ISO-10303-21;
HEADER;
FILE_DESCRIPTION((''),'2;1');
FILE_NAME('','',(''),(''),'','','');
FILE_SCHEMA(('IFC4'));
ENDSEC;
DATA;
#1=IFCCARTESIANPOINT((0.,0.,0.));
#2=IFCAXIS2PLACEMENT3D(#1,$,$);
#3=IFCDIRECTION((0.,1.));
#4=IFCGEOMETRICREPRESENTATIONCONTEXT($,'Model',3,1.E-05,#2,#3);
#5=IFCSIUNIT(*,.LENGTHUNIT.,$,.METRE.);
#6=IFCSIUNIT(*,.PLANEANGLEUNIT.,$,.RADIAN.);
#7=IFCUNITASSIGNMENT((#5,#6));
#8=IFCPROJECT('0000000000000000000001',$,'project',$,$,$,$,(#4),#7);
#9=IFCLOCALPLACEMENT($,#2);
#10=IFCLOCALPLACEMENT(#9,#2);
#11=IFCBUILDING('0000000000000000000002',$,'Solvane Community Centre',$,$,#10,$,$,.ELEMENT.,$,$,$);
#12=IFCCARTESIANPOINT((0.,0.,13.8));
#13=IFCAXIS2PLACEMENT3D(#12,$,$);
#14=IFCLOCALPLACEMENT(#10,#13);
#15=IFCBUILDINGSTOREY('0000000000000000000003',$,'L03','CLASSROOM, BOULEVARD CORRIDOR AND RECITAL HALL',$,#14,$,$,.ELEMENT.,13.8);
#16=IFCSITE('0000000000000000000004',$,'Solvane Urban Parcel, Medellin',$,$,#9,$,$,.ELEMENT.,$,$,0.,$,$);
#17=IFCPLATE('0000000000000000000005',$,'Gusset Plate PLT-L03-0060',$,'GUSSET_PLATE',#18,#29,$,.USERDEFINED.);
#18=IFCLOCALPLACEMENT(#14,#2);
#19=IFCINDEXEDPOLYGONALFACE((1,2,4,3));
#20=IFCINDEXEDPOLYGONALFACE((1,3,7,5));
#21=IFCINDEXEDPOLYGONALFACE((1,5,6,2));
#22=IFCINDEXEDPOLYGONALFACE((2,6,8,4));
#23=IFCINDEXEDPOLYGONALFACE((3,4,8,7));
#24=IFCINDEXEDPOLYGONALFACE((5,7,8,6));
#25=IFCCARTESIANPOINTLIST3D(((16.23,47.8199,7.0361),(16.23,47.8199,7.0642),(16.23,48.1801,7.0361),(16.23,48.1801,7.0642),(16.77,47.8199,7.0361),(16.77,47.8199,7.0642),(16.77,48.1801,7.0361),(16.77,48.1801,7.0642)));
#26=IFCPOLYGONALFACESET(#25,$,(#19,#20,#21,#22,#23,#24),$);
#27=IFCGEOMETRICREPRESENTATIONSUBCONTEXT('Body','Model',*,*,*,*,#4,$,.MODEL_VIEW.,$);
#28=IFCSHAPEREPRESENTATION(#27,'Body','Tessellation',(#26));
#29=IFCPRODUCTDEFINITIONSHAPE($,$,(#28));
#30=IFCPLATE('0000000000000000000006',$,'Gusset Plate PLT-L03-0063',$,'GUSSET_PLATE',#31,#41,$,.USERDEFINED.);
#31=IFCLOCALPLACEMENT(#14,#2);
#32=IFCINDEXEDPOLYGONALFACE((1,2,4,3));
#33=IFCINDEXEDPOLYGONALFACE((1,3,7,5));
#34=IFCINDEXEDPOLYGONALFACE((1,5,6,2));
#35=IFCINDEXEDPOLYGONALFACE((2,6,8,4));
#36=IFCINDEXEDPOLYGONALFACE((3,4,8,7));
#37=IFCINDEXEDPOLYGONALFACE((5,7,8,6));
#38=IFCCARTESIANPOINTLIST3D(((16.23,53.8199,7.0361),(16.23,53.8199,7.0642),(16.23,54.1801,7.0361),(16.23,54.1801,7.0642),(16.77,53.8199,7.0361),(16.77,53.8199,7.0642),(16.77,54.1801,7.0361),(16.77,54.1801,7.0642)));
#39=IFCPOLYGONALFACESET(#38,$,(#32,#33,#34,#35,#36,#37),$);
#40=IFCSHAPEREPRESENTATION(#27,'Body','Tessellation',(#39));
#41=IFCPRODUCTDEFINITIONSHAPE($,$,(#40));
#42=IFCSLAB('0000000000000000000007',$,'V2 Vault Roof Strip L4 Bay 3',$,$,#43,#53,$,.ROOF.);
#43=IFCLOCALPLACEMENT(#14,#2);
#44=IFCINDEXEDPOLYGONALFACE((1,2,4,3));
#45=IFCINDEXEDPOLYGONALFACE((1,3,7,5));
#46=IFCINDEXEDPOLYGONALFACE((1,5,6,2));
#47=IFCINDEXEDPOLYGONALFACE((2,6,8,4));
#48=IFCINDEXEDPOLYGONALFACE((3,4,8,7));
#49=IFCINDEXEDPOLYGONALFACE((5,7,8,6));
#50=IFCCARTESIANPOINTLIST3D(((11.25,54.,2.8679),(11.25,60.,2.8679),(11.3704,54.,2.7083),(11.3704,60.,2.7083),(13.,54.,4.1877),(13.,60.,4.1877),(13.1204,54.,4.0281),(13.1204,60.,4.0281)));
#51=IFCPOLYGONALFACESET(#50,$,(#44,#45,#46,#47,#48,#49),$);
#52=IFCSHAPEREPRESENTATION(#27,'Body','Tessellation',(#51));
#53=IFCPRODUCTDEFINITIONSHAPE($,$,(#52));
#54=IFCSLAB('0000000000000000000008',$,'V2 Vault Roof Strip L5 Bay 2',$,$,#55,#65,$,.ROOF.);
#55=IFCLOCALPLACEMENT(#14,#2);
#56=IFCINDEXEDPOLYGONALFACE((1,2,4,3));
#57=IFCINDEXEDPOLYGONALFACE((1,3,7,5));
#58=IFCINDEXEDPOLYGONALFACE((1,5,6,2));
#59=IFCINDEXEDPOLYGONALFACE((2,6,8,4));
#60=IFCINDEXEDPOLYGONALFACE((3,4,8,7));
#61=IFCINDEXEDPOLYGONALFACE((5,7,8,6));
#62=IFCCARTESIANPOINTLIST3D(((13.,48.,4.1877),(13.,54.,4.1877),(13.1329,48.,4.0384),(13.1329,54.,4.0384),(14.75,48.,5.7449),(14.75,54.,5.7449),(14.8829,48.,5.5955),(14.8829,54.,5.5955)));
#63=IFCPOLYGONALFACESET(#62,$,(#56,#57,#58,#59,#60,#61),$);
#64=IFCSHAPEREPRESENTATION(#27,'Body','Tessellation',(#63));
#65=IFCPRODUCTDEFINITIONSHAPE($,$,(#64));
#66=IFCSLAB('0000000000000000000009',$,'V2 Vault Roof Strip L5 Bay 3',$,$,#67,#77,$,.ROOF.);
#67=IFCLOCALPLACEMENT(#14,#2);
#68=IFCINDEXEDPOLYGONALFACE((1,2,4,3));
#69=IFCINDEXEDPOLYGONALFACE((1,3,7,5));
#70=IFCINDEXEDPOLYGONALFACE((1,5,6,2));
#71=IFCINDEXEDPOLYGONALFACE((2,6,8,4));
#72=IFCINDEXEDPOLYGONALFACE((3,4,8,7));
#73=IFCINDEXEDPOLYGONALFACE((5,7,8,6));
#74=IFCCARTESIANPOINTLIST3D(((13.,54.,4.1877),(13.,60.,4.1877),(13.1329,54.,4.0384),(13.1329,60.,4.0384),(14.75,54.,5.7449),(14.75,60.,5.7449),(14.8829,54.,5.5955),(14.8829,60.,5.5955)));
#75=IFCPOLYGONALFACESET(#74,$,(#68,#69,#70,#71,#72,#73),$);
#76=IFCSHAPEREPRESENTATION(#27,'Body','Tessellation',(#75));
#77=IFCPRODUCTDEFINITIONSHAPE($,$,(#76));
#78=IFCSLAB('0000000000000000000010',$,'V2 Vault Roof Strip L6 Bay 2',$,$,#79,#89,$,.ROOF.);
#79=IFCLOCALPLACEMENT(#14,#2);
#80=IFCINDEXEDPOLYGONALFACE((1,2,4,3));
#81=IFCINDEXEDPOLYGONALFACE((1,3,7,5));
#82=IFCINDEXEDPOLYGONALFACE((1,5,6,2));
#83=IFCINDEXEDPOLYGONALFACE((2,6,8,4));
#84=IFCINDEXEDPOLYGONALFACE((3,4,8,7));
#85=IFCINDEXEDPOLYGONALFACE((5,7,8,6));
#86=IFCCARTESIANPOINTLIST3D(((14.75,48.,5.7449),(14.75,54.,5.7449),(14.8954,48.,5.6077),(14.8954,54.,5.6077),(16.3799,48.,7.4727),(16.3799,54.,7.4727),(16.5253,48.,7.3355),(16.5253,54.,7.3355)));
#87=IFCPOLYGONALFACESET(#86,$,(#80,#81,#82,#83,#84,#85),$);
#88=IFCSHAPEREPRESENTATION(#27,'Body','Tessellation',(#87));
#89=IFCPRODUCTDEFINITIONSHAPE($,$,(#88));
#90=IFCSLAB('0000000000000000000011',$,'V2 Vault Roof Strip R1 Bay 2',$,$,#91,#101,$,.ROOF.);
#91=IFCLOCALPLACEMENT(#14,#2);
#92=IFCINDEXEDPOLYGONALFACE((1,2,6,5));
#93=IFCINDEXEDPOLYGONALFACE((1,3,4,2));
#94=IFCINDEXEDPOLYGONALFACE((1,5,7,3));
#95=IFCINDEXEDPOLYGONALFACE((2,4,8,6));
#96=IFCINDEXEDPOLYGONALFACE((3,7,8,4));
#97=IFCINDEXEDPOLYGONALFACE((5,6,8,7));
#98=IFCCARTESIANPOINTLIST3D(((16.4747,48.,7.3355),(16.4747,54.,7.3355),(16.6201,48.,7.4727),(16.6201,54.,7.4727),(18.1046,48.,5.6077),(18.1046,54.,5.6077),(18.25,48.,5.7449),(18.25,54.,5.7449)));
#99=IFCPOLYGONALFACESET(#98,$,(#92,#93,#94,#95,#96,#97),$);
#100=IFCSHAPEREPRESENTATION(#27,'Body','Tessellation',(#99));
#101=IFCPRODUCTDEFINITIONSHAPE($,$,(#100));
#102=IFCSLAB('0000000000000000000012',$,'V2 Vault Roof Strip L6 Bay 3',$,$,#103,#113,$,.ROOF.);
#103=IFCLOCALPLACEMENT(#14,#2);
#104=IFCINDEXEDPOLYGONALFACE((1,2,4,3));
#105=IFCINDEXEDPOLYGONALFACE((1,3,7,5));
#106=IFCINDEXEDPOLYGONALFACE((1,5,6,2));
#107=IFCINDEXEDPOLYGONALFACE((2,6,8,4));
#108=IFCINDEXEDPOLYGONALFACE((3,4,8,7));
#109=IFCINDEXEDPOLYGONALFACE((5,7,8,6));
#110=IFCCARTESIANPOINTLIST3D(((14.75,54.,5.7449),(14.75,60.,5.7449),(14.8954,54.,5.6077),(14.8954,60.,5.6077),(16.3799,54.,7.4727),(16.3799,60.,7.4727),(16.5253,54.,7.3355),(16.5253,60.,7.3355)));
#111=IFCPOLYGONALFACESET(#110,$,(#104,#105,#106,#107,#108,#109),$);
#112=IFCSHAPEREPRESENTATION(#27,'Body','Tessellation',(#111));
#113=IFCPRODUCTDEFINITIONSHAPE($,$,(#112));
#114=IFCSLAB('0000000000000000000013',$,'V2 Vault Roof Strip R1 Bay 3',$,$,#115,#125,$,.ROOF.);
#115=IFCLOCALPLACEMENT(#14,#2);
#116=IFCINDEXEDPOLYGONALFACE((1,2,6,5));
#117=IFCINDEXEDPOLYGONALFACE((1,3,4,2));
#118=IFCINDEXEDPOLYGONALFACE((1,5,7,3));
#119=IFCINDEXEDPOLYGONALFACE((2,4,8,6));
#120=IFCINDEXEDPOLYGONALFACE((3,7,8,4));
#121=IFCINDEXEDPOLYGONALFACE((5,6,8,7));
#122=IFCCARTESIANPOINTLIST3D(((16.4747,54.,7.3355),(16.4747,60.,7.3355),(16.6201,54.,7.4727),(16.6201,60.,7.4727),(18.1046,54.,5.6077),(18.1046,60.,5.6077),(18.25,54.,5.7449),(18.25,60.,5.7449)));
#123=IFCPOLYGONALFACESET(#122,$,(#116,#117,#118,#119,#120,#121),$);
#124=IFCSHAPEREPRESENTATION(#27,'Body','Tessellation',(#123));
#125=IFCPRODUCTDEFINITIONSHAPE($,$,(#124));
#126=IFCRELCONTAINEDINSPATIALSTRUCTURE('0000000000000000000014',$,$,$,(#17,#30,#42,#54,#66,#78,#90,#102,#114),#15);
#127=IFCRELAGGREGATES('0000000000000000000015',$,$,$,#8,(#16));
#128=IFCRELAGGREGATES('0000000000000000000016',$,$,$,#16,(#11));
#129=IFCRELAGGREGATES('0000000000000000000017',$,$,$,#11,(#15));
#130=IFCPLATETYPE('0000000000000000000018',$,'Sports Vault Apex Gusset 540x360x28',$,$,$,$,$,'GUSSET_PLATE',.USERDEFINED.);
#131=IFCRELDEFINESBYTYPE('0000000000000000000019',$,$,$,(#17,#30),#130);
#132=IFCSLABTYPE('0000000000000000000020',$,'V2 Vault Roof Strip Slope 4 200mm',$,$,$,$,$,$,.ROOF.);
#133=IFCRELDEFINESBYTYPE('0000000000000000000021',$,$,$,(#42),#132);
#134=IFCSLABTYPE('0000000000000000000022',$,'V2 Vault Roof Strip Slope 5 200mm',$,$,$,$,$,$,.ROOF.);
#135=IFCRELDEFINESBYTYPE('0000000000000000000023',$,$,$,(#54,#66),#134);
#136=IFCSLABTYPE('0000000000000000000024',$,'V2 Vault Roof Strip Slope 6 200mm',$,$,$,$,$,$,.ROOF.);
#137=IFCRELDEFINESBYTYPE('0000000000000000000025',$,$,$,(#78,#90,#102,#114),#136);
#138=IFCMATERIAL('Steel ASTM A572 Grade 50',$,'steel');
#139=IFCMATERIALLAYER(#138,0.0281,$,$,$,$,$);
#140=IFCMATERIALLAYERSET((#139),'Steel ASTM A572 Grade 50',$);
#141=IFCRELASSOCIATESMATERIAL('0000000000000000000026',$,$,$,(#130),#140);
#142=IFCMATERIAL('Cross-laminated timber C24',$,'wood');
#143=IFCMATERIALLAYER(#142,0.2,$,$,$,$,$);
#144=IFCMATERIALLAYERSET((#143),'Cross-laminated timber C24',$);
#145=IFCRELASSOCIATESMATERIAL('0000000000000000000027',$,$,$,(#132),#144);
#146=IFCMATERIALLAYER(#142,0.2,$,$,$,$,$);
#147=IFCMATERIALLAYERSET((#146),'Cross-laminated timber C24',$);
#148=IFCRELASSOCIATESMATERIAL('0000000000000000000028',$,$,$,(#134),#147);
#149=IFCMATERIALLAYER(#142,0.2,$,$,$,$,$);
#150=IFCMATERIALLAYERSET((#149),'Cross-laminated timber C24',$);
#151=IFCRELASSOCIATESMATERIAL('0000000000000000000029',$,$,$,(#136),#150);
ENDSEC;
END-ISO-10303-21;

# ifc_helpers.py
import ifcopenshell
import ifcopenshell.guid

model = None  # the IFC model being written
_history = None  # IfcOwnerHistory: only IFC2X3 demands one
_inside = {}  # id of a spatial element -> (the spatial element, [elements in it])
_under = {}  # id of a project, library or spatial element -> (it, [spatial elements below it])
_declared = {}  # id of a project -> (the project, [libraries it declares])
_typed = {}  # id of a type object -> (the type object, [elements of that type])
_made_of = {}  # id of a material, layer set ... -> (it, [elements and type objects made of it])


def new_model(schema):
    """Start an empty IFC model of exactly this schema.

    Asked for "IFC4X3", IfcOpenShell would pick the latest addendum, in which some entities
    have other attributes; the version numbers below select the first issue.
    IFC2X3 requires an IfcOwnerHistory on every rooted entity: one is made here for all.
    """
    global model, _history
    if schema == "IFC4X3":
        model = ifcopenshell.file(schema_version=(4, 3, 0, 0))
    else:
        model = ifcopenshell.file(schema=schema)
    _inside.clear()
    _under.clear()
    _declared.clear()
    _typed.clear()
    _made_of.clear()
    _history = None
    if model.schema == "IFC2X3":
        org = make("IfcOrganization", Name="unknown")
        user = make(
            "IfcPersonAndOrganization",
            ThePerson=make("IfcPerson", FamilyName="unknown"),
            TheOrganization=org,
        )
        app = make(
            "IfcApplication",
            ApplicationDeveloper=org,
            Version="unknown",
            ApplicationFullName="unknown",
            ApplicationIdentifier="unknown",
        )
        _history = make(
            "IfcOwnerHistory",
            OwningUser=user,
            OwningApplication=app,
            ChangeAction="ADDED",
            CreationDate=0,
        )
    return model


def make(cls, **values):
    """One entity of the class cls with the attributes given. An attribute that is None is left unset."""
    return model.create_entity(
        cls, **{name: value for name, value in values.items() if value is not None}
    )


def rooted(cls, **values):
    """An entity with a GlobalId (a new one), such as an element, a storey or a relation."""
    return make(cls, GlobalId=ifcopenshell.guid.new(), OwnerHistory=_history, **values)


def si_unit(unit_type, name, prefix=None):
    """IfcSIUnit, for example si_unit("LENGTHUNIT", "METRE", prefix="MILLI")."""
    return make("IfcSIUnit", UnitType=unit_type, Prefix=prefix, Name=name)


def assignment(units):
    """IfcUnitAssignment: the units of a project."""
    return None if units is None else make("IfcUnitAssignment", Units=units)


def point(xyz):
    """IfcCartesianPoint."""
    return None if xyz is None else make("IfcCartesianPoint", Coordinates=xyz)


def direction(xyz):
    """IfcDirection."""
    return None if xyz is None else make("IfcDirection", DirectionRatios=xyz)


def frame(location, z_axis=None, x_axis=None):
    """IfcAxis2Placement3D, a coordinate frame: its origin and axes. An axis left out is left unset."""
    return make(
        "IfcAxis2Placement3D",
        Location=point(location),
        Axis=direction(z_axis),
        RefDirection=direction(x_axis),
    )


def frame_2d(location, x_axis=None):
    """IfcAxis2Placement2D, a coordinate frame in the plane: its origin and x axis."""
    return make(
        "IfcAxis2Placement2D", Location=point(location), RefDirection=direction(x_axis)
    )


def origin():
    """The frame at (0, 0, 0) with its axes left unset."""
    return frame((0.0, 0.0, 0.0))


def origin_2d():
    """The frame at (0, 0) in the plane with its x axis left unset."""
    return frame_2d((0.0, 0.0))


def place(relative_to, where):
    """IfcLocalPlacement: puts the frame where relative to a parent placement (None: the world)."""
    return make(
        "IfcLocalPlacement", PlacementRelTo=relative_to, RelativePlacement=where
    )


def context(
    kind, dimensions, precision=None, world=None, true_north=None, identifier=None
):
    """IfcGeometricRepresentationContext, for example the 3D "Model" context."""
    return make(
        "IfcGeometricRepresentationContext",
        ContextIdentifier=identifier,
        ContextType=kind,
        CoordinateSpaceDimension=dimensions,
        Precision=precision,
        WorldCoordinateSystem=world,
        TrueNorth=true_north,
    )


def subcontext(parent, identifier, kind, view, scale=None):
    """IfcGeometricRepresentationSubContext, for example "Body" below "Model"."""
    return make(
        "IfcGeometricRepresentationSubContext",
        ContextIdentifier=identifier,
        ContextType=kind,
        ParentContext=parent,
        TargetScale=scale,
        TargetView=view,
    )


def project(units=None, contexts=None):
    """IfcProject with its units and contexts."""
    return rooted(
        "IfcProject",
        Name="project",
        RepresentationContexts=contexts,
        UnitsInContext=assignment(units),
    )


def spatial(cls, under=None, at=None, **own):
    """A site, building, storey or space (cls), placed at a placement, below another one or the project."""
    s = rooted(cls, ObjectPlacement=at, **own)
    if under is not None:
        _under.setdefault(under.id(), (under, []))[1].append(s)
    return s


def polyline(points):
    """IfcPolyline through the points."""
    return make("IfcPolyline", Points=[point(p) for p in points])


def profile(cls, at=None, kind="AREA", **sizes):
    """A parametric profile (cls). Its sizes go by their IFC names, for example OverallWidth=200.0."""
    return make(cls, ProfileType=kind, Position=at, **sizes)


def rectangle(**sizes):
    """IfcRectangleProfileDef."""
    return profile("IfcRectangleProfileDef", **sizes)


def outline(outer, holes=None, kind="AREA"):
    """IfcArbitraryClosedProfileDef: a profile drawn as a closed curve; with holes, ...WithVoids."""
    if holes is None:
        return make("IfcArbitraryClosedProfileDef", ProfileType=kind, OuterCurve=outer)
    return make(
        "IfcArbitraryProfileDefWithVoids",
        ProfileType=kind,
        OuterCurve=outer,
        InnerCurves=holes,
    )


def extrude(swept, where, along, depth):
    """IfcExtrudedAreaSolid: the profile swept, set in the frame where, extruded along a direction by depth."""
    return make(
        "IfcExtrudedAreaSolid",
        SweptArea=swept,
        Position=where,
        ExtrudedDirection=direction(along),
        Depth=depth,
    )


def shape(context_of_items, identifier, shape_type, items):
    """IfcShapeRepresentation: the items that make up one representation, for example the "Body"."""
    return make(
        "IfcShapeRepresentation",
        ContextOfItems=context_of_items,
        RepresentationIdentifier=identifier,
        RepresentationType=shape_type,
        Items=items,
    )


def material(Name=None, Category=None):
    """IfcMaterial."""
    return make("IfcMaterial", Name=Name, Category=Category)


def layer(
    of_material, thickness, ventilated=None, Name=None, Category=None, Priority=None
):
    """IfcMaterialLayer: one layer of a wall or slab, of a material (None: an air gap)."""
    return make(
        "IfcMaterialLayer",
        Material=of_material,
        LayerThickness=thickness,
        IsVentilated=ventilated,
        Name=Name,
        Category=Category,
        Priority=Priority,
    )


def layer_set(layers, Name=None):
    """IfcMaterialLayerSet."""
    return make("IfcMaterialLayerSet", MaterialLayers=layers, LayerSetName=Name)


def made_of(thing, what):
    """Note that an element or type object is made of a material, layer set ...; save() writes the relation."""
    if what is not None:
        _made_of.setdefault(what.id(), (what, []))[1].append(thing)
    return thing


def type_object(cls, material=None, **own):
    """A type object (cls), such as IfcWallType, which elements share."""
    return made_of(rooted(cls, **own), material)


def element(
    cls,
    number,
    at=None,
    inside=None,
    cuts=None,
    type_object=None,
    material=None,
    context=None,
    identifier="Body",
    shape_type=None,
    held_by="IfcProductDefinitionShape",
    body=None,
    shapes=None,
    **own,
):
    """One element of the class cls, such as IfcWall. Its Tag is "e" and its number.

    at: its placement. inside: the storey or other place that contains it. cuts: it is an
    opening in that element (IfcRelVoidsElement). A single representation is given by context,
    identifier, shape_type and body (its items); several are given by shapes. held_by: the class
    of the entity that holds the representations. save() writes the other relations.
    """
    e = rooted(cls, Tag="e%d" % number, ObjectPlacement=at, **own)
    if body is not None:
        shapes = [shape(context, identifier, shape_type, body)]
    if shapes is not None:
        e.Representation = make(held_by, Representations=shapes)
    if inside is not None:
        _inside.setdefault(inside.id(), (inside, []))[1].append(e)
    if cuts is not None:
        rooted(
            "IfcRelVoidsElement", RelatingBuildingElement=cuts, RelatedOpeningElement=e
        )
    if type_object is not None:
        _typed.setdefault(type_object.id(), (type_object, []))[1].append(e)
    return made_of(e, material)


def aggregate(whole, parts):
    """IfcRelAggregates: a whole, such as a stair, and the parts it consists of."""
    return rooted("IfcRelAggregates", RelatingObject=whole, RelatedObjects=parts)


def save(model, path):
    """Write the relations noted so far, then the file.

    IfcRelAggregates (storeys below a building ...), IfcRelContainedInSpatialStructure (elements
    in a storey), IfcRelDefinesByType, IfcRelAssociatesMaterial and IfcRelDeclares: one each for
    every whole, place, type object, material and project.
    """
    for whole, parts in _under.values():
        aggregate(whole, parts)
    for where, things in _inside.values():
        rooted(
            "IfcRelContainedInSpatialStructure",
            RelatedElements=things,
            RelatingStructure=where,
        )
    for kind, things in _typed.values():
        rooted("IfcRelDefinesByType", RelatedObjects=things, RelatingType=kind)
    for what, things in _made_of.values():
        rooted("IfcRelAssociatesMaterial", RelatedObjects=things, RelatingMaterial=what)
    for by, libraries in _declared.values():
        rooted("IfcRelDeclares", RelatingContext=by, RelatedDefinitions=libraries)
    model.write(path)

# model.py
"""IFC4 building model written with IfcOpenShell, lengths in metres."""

from ifc_helpers import new_model, si_unit, direction, frame, origin, origin_2d, place, context, subcontext, project, spatial, polyline, rectangle, outline, extrude, material, layer, layer_set, type_object, element, save


model = new_model("IFC4")

# Units and contexts
model_context = context("Model", 3, precision=1e-05, world=origin(), true_north=direction((0.0, 1.0)))
body_context = subcontext(model_context, "Body", "Model", "MODEL_VIEW")
ifc_project = project(units=[si_unit("LENGTHUNIT", "METRE"), si_unit("PLANEANGLEUNIT", "RADIAN")], contexts=[model_context])

# Site, building, storey
site_placement = place(None, origin())
site = spatial("IfcSite", under=ifc_project, at=site_placement, Name="Solvane Urban Parcel, Medellin", CompositionType="ELEMENT", RefElevation=0.0)
building_placement = place(site_placement, origin())
building = spatial("IfcBuilding", under=site, at=building_placement, Name="Solvane Community Centre", CompositionType="ELEMENT")
storey_placement = place(building_placement, frame((0.0, 0.0, 13.8)))
storey = spatial("IfcBuildingStorey", under=building, at=storey_placement, Name="L03", Description="CLASSROOM, BOULEVARD CORRIDOR AND RECITAL HALL", CompositionType="ELEMENT", Elevation=13.8)

# Plates
ifc_material_1 = material(Name="Steel ASTM A572 Grade 50", Category="steel")
ifc_layer_1 = layer(ifc_material_1, 0.0281)
ifc_layer_set_1 = layer_set([ifc_layer_1], Name="Steel ASTM A572 Grade 50")
plate_type_1 = type_object("IfcPlateType", Name="Sports Vault Apex Gusset 540x360x28", ElementType="GUSSET_PLATE", PredefinedType="USERDEFINED", material=ifc_layer_set_1)
for number, where, z_axis, x_axis, name in (
    (1, (16.5, 48.0, 7.0361), (0.0, 0.0, 1.0), (1.0, 0.0, 0.0), "Gusset Plate PLT-L03-0060"),
    (2, (16.5, 54.0, 7.0361), (0.0, 0.0, 1.0), (1.0, 0.0, 0.0), "Gusset Plate PLT-L03-0063"),
):
    element("IfcPlate", number, at=place(storey_placement, frame(where, z_axis=z_axis, x_axis=x_axis)), inside=storey, type_object=plate_type_1, Name=name, ObjectType="GUSSET_PLATE", PredefinedType="USERDEFINED", context=body_context, shape_type="SweptSolid", body=[
        extrude(rectangle(XDim=0.54, YDim=0.3601, at=origin_2d()), origin(), (0.0, 0.0, 1.0), 0.0281),
    ])

# Slabs
ifc_material_2 = material(Name="Cross-laminated timber C24", Category="wood")
ifc_layer_2 = layer(ifc_material_2, 0.2)
ifc_layer_set_2 = layer_set([ifc_layer_2], Name="Cross-laminated timber C24")
slab_type_1 = type_object("IfcSlabType", Name="V2 Vault Roof Strip Slope 4 200mm", PredefinedType="ROOF", material=ifc_layer_set_2)
slab_placement = place(storey_placement, frame((11.25, 54.0, 2.8679), z_axis=(-0.602136, 0.0, 0.798393), x_axis=(0.798393, 0.0, 0.602136)))
element("IfcSlab", 3, at=slab_placement, inside=storey, type_object=slab_type_1, Name="V2 Vault Roof Strip L4 Bay 3", PredefinedType="ROOF", context=body_context, shape_type="SweptSolid", body=[
    extrude(outline(polyline([(0.0, 0.0), (2.1919, 0.0), (2.1919, 6.0), (0.0, 6.0), (0.0, 0.0)])), origin(), (0.0, 0.0, -1.0), 0.2),
])
ifc_layer_3 = layer(ifc_material_2, 0.2)
ifc_layer_set_3 = layer_set([ifc_layer_3], Name="Cross-laminated timber C24")
slab_type_2 = type_object("IfcSlabType", Name="V2 Vault Roof Strip Slope 5 200mm", PredefinedType="ROOF", material=ifc_layer_set_3)
for number, where, z_axis, x_axis, name in (
    (4, (13.0, 48.0, 4.1877), (-0.664739, 0.0, 0.747076), (0.747076, 0.0, 0.664739), "V2 Vault Roof Strip L5 Bay 2"),
    (5, (13.0, 54.0, 4.1877), (-0.664739, 0.0, 0.747076), (0.747076, 0.0, 0.664739), "V2 Vault Roof Strip L5 Bay 3"),
):
    element("IfcSlab", number, at=place(storey_placement, frame(where, z_axis=z_axis, x_axis=x_axis)), inside=storey, type_object=slab_type_2, Name=name, PredefinedType="ROOF", context=body_context, shape_type="SweptSolid", body=[
        extrude(outline(polyline([(0.0, 0.0), (2.3425, 0.0), (2.3425, 6.0), (0.0, 6.0), (0.0, 0.0)])), origin(), (0.0, 0.0, -1.0), 0.2),
    ])
ifc_layer_4 = layer(ifc_material_2, 0.2)
ifc_layer_set_4 = layer_set([ifc_layer_4], Name="Cross-laminated timber C24")
slab_type_3 = type_object("IfcSlabType", Name="V2 Vault Roof Strip Slope 6 200mm", PredefinedType="ROOF", material=ifc_layer_set_4)
for number, where, z_axis, x_axis, name in (
    (6, (14.75, 48.0, 5.7449), (-0.727415, 0.0, 0.686198), (0.686198, 0.0, 0.727415), "V2 Vault Roof Strip L6 Bay 2"),
    (7, (16.6201, 48.0, 7.4727), (0.727415, 0.0, 0.686198), (0.686198, 0.0, -0.727415), "V2 Vault Roof Strip R1 Bay 2"),
    (8, (14.75, 54.0, 5.7449), (-0.727415, 0.0, 0.686198), (0.686198, 0.0, 0.727415), "V2 Vault Roof Strip L6 Bay 3"),
    (9, (16.6201, 54.0, 7.4727), (0.727415, 0.0, 0.686198), (0.686198, 0.0, -0.727415), "V2 Vault Roof Strip R1 Bay 3"),
):
    element("IfcSlab", number, at=place(storey_placement, frame(where, z_axis=z_axis, x_axis=x_axis)), inside=storey, type_object=slab_type_3, Name=name, PredefinedType="ROOF", context=body_context, shape_type="SweptSolid", body=[
        extrude(outline(polyline([(0.0, 0.0), (2.3752, 0.0), (2.3752, 6.0), (0.0, 6.0), (0.0, 0.0)])), origin(), (0.0, 0.0, -1.0), 0.2),
    ])

save(model, "model.ifc")
